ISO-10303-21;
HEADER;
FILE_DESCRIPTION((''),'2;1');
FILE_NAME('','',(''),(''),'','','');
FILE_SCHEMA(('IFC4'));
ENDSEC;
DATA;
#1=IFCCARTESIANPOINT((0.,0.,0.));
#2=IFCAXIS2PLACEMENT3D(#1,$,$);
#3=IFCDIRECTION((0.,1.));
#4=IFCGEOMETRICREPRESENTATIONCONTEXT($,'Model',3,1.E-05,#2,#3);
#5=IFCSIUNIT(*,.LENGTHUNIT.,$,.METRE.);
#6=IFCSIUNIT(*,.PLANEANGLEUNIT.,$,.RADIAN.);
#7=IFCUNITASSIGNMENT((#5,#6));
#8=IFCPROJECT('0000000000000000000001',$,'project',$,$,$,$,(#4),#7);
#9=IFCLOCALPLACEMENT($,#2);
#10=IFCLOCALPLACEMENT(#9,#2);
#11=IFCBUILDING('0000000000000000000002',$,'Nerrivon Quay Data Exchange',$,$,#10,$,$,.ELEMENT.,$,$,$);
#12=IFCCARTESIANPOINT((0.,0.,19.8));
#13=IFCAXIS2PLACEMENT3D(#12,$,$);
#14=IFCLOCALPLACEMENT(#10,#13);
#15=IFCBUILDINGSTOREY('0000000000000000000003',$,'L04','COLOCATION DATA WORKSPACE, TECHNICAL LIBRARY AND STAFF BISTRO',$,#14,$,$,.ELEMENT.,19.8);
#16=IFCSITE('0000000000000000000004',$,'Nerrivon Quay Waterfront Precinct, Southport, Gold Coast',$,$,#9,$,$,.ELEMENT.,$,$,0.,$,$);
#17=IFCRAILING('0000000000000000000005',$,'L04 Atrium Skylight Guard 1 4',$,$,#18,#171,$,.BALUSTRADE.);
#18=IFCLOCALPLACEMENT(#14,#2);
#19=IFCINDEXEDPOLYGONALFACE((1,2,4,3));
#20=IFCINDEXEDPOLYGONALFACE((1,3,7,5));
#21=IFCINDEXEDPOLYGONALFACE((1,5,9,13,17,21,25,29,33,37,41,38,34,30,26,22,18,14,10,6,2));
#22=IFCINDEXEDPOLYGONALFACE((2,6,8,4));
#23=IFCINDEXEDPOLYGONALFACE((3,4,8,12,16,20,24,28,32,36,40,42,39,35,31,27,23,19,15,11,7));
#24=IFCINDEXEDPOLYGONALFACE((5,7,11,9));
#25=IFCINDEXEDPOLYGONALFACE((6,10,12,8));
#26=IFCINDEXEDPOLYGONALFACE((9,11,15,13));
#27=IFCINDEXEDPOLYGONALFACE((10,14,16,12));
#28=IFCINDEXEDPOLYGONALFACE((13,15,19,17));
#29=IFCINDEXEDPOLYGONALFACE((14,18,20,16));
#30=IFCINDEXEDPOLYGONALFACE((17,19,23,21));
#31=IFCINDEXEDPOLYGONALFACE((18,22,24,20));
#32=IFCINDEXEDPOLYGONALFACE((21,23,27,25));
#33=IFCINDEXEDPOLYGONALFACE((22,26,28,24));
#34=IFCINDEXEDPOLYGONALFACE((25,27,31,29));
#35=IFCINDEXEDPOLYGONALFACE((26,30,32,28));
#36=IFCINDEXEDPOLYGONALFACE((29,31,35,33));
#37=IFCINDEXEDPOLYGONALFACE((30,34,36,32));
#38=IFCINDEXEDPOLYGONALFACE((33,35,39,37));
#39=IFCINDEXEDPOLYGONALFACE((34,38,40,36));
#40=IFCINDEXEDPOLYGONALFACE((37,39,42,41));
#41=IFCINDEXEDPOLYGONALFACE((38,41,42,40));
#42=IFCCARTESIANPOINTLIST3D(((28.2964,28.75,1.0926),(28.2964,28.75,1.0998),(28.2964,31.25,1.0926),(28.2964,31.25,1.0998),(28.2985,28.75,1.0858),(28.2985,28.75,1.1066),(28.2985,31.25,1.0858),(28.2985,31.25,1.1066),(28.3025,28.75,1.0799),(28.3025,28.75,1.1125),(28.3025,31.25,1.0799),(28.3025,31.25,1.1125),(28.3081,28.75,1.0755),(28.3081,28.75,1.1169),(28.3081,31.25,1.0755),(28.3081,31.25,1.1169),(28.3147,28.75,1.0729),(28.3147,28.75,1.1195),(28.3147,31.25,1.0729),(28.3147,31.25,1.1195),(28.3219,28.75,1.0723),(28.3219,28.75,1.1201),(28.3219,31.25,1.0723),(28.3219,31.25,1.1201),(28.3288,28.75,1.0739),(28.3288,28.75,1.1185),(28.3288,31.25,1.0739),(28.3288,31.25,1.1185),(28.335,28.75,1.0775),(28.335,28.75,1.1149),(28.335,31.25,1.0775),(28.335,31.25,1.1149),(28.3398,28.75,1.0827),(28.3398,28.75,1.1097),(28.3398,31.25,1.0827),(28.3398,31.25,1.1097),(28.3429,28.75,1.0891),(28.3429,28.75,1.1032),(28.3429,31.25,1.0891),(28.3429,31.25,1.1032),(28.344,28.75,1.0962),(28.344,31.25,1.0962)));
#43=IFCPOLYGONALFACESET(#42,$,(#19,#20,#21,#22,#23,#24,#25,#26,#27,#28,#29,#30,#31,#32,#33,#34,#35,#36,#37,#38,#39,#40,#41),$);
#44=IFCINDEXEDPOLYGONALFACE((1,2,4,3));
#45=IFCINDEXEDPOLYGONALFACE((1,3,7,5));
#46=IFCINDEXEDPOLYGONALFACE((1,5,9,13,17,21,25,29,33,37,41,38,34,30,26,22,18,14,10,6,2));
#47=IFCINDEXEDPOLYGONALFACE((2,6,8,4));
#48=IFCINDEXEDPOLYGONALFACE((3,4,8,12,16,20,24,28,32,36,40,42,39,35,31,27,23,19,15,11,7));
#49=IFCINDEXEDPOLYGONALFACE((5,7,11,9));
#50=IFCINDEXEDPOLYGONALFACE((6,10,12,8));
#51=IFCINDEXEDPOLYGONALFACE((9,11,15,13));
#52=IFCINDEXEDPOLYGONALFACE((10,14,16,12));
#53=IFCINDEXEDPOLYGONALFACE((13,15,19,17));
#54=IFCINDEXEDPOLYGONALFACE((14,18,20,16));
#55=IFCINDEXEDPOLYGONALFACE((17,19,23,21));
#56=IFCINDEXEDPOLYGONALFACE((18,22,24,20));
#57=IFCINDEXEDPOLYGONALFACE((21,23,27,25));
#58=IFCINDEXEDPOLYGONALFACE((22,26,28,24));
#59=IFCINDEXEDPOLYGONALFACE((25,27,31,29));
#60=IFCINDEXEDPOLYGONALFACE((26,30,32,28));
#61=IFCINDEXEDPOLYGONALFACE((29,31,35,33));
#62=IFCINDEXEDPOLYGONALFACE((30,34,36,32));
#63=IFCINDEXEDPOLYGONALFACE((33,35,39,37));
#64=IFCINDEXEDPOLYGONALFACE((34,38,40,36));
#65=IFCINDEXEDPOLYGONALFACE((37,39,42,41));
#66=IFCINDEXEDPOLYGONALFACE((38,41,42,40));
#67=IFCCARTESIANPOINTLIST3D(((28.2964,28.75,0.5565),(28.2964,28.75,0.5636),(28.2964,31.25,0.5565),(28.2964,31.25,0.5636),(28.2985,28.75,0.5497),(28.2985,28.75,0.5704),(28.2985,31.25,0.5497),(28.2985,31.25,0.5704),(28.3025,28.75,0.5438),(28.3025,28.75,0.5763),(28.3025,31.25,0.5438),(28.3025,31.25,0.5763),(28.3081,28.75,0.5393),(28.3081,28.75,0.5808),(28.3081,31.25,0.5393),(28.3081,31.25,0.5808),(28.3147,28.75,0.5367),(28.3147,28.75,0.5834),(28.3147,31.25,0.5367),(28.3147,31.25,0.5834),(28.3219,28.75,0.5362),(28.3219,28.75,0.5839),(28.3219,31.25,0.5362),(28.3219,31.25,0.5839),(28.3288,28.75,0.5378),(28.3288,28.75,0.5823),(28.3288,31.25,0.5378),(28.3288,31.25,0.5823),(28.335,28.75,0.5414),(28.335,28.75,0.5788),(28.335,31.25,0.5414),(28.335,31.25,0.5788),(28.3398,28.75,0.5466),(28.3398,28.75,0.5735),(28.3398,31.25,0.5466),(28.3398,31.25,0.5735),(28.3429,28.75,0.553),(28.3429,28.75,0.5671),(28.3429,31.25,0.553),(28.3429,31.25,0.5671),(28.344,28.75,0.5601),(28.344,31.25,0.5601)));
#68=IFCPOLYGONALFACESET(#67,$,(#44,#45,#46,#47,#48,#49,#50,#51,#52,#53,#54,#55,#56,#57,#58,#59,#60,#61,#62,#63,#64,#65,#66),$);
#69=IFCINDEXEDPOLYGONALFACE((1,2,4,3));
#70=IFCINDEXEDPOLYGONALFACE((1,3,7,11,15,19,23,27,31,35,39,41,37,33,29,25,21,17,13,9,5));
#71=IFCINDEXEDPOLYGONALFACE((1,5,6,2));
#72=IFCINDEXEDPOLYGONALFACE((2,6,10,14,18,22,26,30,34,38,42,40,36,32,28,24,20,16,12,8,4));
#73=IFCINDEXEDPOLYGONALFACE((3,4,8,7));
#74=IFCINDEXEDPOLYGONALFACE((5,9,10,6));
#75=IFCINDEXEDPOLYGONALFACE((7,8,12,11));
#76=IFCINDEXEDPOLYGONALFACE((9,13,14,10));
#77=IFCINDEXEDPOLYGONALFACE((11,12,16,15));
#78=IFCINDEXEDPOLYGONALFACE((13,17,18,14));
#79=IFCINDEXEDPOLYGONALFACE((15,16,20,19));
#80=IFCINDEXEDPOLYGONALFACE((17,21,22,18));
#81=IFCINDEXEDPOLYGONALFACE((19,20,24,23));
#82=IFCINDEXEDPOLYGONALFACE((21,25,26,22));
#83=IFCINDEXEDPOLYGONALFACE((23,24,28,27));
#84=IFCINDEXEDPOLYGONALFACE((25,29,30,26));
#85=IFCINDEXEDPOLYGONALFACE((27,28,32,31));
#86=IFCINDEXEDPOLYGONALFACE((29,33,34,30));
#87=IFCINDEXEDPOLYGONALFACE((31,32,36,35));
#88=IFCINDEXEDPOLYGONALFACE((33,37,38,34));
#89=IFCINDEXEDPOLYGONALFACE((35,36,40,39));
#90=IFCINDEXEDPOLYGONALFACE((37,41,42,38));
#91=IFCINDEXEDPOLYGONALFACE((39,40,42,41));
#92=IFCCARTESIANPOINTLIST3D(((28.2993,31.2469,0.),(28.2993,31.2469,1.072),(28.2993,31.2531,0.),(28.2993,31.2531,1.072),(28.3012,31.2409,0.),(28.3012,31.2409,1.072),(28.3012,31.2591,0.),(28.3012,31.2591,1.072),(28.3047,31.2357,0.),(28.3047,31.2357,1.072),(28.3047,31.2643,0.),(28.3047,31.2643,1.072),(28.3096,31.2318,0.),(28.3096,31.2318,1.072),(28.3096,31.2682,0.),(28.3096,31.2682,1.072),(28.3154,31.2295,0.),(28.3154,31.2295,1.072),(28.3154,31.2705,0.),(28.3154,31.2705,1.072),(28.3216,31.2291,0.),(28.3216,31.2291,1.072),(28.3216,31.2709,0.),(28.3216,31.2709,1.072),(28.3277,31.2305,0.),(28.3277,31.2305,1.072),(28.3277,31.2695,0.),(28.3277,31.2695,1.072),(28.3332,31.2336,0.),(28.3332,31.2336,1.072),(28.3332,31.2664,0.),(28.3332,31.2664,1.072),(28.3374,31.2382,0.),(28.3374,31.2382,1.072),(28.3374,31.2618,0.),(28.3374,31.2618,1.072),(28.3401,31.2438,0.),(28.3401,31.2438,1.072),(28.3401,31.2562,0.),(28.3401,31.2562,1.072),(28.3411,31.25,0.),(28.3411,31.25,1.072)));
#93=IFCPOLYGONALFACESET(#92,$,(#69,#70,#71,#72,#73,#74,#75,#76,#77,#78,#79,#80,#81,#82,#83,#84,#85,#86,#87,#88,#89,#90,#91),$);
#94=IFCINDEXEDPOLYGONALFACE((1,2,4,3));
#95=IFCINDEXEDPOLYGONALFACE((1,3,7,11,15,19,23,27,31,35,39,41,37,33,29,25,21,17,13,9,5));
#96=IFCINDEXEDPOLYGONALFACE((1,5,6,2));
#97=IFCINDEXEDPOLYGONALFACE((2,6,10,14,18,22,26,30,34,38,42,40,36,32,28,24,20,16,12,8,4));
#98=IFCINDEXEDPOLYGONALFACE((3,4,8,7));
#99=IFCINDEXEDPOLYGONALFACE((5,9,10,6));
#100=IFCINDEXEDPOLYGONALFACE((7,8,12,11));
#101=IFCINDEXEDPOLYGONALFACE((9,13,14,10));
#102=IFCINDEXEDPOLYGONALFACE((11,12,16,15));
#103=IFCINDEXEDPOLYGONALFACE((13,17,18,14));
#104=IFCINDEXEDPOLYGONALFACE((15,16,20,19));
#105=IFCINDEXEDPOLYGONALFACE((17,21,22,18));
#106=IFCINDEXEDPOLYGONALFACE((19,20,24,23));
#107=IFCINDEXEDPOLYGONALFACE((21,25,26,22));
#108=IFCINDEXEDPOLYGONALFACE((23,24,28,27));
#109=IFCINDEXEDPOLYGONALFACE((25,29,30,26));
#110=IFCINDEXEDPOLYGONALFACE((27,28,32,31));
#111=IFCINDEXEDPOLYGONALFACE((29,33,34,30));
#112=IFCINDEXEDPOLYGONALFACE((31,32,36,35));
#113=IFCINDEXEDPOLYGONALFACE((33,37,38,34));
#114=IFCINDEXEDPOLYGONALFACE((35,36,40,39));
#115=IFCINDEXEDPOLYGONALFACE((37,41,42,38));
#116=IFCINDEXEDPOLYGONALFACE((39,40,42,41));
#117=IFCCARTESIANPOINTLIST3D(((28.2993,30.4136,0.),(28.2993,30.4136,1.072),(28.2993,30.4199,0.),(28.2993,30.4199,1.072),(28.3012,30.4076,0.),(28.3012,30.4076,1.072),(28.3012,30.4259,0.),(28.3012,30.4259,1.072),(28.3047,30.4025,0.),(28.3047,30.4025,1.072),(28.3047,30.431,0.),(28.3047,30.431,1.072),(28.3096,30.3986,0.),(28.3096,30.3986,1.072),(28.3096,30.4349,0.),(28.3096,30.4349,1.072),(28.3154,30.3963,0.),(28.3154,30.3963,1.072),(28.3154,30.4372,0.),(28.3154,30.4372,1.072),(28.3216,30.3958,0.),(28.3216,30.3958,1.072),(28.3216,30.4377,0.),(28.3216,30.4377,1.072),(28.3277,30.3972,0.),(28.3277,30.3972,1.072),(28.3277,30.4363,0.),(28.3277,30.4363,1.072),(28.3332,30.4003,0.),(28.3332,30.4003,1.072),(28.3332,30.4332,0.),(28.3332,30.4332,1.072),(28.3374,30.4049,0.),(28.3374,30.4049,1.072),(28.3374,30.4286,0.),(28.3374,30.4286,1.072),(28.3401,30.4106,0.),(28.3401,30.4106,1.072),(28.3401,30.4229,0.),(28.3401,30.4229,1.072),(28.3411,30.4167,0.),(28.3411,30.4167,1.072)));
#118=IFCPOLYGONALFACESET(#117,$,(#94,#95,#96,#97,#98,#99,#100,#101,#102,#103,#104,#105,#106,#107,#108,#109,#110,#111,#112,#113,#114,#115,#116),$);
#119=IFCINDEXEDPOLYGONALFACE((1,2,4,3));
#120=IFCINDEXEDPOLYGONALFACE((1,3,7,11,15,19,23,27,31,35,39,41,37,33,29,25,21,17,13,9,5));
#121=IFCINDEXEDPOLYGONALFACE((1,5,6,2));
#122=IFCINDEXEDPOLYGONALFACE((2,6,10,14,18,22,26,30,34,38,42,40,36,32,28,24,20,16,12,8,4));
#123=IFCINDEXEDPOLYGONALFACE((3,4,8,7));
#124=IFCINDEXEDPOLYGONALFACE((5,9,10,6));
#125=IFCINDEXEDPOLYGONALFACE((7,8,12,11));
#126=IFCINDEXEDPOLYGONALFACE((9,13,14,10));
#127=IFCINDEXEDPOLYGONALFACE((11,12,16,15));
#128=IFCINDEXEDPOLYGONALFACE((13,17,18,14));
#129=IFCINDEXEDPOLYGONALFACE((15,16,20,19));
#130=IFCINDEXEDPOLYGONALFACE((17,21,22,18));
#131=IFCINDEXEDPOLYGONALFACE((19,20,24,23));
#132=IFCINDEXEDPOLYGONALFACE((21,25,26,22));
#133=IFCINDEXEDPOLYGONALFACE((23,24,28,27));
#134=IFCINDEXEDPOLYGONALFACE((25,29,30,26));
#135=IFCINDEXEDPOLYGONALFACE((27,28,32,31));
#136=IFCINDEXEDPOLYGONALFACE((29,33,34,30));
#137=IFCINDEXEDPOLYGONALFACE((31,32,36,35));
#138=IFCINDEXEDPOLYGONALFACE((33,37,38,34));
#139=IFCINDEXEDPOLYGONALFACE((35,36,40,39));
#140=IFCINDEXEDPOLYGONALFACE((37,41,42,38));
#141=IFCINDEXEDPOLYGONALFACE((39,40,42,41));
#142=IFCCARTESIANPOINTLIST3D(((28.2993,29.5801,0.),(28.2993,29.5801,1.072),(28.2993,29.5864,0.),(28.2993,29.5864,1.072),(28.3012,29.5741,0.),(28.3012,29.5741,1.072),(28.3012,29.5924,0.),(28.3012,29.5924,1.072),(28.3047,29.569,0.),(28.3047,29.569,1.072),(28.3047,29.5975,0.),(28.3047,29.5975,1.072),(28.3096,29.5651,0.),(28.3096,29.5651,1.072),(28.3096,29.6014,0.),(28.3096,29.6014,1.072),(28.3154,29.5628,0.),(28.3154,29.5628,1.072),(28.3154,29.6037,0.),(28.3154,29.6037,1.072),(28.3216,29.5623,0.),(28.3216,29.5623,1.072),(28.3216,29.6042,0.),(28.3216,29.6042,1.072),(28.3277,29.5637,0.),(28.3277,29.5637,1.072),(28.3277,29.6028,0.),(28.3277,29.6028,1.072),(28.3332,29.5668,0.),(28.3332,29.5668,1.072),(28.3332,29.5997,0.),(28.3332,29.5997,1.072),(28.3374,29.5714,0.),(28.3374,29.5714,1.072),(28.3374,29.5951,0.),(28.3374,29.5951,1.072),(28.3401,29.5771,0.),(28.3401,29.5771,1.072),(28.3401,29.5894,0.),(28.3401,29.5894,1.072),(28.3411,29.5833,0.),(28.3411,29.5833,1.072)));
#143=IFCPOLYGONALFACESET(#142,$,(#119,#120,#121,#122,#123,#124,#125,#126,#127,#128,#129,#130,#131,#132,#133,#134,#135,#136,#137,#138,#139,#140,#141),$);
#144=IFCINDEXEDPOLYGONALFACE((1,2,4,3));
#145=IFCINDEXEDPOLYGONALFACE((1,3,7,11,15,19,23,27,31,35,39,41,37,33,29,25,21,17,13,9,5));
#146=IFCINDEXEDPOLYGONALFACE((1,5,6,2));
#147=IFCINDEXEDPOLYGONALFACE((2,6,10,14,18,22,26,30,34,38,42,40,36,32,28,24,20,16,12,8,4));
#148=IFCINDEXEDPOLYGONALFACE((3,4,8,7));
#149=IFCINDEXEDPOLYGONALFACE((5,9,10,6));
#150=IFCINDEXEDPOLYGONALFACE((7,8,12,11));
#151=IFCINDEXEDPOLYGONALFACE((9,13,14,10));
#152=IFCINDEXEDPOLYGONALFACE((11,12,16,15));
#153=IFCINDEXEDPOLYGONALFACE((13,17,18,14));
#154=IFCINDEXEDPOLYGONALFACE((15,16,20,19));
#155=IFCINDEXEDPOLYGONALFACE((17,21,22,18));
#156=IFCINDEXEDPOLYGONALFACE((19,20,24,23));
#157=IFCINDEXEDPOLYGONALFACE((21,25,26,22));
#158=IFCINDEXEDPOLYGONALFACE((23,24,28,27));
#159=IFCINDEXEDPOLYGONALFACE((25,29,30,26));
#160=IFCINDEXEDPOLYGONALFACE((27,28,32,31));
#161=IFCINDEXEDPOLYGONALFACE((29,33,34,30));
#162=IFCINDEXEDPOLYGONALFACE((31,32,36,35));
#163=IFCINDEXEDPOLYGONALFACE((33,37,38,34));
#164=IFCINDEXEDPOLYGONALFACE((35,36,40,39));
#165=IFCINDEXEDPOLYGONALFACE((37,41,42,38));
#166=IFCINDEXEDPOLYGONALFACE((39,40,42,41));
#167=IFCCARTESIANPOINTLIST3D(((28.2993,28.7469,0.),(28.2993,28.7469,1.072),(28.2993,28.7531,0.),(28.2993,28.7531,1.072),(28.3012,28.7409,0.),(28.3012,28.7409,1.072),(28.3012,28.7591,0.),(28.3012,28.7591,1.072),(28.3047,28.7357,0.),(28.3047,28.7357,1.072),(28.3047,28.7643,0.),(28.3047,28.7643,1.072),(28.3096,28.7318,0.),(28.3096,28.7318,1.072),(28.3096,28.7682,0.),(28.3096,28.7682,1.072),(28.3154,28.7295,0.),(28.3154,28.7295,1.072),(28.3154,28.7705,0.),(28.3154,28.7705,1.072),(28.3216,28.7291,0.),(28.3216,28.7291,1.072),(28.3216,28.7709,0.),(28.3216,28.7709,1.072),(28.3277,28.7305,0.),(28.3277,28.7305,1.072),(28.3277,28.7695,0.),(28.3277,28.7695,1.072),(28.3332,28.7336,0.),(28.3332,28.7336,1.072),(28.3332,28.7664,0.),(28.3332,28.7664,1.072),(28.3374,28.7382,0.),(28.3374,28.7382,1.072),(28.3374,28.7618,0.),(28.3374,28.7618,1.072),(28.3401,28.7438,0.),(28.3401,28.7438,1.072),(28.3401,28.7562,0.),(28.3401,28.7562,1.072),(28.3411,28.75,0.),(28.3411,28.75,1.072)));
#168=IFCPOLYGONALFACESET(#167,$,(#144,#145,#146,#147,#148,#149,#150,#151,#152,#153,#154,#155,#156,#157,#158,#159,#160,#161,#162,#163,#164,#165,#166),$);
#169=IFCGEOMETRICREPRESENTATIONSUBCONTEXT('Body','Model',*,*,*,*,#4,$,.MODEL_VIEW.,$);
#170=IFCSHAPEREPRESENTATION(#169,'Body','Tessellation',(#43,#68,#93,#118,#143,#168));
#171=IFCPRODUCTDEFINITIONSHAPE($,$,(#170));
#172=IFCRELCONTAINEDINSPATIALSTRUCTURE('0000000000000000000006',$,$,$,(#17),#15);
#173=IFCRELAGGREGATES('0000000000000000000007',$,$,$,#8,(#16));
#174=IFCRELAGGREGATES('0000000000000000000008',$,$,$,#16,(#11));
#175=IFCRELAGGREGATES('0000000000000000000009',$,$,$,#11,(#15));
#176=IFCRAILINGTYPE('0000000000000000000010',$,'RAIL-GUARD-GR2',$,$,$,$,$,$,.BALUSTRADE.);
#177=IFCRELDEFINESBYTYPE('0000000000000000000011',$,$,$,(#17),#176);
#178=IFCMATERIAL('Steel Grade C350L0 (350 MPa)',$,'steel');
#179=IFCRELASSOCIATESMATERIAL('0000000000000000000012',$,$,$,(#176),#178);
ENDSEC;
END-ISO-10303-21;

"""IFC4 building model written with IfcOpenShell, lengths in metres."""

from ifc_helpers import new_model, si_unit, direction, frame, origin, origin_2d, place, context, subcontext, project, spatial, circle, extrude, material, type_object, element, save


model = new_model("IFC4")

# Units and contexts
model_context = context("Model", 3, precision=1e-05, world=origin(), true_north=direction((0.0, 1.0)))
body_context = subcontext(model_context, "Body", "Model", "MODEL_VIEW")
ifc_project = project(units=[si_unit("LENGTHUNIT", "METRE"), si_unit("PLANEANGLEUNIT", "RADIAN")], contexts=[model_context])

# Site, building, storey
site_placement = place(None, origin())
site = spatial("IfcSite", under=ifc_project, at=site_placement, Name="Nerrivon Quay Waterfront Precinct, Southport, Gold Coast", CompositionType="ELEMENT", RefElevation=0.0)
building_placement = place(site_placement, origin())
building = spatial("IfcBuilding", under=site, at=building_placement, Name="Nerrivon Quay Data Exchange", CompositionType="ELEMENT")
storey_placement = place(building_placement, frame((0.0, 0.0, 19.8)))
storey = spatial("IfcBuildingStorey", under=building, at=storey_placement, Name="L04", Description="COLOCATION DATA WORKSPACE, TECHNICAL LIBRARY AND STAFF BISTRO", CompositionType="ELEMENT", Elevation=19.8)

# Railing
ifc_material_1 = material(Name="Steel Grade C350L0 (350 MPa)", Category="steel")
railing_type = type_object("IfcRailingType", Name="RAIL-GUARD-GR2", PredefinedType="BALUSTRADE", material=ifc_material_1)
railing_1_placement = place(storey_placement, frame((28.3201, 31.25, 0.0)))
element("IfcRailing", 1, at=railing_1_placement, inside=storey, type_object=railing_type, Name="L04 Atrium Skylight Guard 1 4", PredefinedType="BALUSTRADE", context=body_context, shape_type="SweptSolid", body=[
    extrude(circle(Radius=0.0239, at=origin_2d()), frame((0.0, 0.0, 1.0962), z_axis=(0.0, -1.0, 0.0), x_axis=(1.0, 0.0, 0.0)), (0.0, 0.0, 1.0), 2.5),
    extrude(circle(Radius=0.0239, at=origin_2d()), frame((0.0, 0.0, 0.5601), z_axis=(0.0, -1.0, 0.0), x_axis=(1.0, 0.0, 0.0)), (0.0, 0.0, 1.0), 2.5),
    extrude(circle(Radius=0.021, at=origin_2d()), origin(), (0.0, 0.0, 1.0), 1.072),
    extrude(circle(Radius=0.021, at=origin_2d()), frame((0.0, -0.8333, 0.0)), (0.0, 0.0, 1.0), 1.072),
    extrude(circle(Radius=0.021, at=origin_2d()), frame((0.0, -1.6667, 0.0)), (0.0, 0.0, 1.0), 1.072),
    extrude(circle(Radius=0.021, at=origin_2d()), frame((0.0, -2.5, 0.0)), (0.0, 0.0, 1.0), 1.072),
])

save(model, "model.ifc")
